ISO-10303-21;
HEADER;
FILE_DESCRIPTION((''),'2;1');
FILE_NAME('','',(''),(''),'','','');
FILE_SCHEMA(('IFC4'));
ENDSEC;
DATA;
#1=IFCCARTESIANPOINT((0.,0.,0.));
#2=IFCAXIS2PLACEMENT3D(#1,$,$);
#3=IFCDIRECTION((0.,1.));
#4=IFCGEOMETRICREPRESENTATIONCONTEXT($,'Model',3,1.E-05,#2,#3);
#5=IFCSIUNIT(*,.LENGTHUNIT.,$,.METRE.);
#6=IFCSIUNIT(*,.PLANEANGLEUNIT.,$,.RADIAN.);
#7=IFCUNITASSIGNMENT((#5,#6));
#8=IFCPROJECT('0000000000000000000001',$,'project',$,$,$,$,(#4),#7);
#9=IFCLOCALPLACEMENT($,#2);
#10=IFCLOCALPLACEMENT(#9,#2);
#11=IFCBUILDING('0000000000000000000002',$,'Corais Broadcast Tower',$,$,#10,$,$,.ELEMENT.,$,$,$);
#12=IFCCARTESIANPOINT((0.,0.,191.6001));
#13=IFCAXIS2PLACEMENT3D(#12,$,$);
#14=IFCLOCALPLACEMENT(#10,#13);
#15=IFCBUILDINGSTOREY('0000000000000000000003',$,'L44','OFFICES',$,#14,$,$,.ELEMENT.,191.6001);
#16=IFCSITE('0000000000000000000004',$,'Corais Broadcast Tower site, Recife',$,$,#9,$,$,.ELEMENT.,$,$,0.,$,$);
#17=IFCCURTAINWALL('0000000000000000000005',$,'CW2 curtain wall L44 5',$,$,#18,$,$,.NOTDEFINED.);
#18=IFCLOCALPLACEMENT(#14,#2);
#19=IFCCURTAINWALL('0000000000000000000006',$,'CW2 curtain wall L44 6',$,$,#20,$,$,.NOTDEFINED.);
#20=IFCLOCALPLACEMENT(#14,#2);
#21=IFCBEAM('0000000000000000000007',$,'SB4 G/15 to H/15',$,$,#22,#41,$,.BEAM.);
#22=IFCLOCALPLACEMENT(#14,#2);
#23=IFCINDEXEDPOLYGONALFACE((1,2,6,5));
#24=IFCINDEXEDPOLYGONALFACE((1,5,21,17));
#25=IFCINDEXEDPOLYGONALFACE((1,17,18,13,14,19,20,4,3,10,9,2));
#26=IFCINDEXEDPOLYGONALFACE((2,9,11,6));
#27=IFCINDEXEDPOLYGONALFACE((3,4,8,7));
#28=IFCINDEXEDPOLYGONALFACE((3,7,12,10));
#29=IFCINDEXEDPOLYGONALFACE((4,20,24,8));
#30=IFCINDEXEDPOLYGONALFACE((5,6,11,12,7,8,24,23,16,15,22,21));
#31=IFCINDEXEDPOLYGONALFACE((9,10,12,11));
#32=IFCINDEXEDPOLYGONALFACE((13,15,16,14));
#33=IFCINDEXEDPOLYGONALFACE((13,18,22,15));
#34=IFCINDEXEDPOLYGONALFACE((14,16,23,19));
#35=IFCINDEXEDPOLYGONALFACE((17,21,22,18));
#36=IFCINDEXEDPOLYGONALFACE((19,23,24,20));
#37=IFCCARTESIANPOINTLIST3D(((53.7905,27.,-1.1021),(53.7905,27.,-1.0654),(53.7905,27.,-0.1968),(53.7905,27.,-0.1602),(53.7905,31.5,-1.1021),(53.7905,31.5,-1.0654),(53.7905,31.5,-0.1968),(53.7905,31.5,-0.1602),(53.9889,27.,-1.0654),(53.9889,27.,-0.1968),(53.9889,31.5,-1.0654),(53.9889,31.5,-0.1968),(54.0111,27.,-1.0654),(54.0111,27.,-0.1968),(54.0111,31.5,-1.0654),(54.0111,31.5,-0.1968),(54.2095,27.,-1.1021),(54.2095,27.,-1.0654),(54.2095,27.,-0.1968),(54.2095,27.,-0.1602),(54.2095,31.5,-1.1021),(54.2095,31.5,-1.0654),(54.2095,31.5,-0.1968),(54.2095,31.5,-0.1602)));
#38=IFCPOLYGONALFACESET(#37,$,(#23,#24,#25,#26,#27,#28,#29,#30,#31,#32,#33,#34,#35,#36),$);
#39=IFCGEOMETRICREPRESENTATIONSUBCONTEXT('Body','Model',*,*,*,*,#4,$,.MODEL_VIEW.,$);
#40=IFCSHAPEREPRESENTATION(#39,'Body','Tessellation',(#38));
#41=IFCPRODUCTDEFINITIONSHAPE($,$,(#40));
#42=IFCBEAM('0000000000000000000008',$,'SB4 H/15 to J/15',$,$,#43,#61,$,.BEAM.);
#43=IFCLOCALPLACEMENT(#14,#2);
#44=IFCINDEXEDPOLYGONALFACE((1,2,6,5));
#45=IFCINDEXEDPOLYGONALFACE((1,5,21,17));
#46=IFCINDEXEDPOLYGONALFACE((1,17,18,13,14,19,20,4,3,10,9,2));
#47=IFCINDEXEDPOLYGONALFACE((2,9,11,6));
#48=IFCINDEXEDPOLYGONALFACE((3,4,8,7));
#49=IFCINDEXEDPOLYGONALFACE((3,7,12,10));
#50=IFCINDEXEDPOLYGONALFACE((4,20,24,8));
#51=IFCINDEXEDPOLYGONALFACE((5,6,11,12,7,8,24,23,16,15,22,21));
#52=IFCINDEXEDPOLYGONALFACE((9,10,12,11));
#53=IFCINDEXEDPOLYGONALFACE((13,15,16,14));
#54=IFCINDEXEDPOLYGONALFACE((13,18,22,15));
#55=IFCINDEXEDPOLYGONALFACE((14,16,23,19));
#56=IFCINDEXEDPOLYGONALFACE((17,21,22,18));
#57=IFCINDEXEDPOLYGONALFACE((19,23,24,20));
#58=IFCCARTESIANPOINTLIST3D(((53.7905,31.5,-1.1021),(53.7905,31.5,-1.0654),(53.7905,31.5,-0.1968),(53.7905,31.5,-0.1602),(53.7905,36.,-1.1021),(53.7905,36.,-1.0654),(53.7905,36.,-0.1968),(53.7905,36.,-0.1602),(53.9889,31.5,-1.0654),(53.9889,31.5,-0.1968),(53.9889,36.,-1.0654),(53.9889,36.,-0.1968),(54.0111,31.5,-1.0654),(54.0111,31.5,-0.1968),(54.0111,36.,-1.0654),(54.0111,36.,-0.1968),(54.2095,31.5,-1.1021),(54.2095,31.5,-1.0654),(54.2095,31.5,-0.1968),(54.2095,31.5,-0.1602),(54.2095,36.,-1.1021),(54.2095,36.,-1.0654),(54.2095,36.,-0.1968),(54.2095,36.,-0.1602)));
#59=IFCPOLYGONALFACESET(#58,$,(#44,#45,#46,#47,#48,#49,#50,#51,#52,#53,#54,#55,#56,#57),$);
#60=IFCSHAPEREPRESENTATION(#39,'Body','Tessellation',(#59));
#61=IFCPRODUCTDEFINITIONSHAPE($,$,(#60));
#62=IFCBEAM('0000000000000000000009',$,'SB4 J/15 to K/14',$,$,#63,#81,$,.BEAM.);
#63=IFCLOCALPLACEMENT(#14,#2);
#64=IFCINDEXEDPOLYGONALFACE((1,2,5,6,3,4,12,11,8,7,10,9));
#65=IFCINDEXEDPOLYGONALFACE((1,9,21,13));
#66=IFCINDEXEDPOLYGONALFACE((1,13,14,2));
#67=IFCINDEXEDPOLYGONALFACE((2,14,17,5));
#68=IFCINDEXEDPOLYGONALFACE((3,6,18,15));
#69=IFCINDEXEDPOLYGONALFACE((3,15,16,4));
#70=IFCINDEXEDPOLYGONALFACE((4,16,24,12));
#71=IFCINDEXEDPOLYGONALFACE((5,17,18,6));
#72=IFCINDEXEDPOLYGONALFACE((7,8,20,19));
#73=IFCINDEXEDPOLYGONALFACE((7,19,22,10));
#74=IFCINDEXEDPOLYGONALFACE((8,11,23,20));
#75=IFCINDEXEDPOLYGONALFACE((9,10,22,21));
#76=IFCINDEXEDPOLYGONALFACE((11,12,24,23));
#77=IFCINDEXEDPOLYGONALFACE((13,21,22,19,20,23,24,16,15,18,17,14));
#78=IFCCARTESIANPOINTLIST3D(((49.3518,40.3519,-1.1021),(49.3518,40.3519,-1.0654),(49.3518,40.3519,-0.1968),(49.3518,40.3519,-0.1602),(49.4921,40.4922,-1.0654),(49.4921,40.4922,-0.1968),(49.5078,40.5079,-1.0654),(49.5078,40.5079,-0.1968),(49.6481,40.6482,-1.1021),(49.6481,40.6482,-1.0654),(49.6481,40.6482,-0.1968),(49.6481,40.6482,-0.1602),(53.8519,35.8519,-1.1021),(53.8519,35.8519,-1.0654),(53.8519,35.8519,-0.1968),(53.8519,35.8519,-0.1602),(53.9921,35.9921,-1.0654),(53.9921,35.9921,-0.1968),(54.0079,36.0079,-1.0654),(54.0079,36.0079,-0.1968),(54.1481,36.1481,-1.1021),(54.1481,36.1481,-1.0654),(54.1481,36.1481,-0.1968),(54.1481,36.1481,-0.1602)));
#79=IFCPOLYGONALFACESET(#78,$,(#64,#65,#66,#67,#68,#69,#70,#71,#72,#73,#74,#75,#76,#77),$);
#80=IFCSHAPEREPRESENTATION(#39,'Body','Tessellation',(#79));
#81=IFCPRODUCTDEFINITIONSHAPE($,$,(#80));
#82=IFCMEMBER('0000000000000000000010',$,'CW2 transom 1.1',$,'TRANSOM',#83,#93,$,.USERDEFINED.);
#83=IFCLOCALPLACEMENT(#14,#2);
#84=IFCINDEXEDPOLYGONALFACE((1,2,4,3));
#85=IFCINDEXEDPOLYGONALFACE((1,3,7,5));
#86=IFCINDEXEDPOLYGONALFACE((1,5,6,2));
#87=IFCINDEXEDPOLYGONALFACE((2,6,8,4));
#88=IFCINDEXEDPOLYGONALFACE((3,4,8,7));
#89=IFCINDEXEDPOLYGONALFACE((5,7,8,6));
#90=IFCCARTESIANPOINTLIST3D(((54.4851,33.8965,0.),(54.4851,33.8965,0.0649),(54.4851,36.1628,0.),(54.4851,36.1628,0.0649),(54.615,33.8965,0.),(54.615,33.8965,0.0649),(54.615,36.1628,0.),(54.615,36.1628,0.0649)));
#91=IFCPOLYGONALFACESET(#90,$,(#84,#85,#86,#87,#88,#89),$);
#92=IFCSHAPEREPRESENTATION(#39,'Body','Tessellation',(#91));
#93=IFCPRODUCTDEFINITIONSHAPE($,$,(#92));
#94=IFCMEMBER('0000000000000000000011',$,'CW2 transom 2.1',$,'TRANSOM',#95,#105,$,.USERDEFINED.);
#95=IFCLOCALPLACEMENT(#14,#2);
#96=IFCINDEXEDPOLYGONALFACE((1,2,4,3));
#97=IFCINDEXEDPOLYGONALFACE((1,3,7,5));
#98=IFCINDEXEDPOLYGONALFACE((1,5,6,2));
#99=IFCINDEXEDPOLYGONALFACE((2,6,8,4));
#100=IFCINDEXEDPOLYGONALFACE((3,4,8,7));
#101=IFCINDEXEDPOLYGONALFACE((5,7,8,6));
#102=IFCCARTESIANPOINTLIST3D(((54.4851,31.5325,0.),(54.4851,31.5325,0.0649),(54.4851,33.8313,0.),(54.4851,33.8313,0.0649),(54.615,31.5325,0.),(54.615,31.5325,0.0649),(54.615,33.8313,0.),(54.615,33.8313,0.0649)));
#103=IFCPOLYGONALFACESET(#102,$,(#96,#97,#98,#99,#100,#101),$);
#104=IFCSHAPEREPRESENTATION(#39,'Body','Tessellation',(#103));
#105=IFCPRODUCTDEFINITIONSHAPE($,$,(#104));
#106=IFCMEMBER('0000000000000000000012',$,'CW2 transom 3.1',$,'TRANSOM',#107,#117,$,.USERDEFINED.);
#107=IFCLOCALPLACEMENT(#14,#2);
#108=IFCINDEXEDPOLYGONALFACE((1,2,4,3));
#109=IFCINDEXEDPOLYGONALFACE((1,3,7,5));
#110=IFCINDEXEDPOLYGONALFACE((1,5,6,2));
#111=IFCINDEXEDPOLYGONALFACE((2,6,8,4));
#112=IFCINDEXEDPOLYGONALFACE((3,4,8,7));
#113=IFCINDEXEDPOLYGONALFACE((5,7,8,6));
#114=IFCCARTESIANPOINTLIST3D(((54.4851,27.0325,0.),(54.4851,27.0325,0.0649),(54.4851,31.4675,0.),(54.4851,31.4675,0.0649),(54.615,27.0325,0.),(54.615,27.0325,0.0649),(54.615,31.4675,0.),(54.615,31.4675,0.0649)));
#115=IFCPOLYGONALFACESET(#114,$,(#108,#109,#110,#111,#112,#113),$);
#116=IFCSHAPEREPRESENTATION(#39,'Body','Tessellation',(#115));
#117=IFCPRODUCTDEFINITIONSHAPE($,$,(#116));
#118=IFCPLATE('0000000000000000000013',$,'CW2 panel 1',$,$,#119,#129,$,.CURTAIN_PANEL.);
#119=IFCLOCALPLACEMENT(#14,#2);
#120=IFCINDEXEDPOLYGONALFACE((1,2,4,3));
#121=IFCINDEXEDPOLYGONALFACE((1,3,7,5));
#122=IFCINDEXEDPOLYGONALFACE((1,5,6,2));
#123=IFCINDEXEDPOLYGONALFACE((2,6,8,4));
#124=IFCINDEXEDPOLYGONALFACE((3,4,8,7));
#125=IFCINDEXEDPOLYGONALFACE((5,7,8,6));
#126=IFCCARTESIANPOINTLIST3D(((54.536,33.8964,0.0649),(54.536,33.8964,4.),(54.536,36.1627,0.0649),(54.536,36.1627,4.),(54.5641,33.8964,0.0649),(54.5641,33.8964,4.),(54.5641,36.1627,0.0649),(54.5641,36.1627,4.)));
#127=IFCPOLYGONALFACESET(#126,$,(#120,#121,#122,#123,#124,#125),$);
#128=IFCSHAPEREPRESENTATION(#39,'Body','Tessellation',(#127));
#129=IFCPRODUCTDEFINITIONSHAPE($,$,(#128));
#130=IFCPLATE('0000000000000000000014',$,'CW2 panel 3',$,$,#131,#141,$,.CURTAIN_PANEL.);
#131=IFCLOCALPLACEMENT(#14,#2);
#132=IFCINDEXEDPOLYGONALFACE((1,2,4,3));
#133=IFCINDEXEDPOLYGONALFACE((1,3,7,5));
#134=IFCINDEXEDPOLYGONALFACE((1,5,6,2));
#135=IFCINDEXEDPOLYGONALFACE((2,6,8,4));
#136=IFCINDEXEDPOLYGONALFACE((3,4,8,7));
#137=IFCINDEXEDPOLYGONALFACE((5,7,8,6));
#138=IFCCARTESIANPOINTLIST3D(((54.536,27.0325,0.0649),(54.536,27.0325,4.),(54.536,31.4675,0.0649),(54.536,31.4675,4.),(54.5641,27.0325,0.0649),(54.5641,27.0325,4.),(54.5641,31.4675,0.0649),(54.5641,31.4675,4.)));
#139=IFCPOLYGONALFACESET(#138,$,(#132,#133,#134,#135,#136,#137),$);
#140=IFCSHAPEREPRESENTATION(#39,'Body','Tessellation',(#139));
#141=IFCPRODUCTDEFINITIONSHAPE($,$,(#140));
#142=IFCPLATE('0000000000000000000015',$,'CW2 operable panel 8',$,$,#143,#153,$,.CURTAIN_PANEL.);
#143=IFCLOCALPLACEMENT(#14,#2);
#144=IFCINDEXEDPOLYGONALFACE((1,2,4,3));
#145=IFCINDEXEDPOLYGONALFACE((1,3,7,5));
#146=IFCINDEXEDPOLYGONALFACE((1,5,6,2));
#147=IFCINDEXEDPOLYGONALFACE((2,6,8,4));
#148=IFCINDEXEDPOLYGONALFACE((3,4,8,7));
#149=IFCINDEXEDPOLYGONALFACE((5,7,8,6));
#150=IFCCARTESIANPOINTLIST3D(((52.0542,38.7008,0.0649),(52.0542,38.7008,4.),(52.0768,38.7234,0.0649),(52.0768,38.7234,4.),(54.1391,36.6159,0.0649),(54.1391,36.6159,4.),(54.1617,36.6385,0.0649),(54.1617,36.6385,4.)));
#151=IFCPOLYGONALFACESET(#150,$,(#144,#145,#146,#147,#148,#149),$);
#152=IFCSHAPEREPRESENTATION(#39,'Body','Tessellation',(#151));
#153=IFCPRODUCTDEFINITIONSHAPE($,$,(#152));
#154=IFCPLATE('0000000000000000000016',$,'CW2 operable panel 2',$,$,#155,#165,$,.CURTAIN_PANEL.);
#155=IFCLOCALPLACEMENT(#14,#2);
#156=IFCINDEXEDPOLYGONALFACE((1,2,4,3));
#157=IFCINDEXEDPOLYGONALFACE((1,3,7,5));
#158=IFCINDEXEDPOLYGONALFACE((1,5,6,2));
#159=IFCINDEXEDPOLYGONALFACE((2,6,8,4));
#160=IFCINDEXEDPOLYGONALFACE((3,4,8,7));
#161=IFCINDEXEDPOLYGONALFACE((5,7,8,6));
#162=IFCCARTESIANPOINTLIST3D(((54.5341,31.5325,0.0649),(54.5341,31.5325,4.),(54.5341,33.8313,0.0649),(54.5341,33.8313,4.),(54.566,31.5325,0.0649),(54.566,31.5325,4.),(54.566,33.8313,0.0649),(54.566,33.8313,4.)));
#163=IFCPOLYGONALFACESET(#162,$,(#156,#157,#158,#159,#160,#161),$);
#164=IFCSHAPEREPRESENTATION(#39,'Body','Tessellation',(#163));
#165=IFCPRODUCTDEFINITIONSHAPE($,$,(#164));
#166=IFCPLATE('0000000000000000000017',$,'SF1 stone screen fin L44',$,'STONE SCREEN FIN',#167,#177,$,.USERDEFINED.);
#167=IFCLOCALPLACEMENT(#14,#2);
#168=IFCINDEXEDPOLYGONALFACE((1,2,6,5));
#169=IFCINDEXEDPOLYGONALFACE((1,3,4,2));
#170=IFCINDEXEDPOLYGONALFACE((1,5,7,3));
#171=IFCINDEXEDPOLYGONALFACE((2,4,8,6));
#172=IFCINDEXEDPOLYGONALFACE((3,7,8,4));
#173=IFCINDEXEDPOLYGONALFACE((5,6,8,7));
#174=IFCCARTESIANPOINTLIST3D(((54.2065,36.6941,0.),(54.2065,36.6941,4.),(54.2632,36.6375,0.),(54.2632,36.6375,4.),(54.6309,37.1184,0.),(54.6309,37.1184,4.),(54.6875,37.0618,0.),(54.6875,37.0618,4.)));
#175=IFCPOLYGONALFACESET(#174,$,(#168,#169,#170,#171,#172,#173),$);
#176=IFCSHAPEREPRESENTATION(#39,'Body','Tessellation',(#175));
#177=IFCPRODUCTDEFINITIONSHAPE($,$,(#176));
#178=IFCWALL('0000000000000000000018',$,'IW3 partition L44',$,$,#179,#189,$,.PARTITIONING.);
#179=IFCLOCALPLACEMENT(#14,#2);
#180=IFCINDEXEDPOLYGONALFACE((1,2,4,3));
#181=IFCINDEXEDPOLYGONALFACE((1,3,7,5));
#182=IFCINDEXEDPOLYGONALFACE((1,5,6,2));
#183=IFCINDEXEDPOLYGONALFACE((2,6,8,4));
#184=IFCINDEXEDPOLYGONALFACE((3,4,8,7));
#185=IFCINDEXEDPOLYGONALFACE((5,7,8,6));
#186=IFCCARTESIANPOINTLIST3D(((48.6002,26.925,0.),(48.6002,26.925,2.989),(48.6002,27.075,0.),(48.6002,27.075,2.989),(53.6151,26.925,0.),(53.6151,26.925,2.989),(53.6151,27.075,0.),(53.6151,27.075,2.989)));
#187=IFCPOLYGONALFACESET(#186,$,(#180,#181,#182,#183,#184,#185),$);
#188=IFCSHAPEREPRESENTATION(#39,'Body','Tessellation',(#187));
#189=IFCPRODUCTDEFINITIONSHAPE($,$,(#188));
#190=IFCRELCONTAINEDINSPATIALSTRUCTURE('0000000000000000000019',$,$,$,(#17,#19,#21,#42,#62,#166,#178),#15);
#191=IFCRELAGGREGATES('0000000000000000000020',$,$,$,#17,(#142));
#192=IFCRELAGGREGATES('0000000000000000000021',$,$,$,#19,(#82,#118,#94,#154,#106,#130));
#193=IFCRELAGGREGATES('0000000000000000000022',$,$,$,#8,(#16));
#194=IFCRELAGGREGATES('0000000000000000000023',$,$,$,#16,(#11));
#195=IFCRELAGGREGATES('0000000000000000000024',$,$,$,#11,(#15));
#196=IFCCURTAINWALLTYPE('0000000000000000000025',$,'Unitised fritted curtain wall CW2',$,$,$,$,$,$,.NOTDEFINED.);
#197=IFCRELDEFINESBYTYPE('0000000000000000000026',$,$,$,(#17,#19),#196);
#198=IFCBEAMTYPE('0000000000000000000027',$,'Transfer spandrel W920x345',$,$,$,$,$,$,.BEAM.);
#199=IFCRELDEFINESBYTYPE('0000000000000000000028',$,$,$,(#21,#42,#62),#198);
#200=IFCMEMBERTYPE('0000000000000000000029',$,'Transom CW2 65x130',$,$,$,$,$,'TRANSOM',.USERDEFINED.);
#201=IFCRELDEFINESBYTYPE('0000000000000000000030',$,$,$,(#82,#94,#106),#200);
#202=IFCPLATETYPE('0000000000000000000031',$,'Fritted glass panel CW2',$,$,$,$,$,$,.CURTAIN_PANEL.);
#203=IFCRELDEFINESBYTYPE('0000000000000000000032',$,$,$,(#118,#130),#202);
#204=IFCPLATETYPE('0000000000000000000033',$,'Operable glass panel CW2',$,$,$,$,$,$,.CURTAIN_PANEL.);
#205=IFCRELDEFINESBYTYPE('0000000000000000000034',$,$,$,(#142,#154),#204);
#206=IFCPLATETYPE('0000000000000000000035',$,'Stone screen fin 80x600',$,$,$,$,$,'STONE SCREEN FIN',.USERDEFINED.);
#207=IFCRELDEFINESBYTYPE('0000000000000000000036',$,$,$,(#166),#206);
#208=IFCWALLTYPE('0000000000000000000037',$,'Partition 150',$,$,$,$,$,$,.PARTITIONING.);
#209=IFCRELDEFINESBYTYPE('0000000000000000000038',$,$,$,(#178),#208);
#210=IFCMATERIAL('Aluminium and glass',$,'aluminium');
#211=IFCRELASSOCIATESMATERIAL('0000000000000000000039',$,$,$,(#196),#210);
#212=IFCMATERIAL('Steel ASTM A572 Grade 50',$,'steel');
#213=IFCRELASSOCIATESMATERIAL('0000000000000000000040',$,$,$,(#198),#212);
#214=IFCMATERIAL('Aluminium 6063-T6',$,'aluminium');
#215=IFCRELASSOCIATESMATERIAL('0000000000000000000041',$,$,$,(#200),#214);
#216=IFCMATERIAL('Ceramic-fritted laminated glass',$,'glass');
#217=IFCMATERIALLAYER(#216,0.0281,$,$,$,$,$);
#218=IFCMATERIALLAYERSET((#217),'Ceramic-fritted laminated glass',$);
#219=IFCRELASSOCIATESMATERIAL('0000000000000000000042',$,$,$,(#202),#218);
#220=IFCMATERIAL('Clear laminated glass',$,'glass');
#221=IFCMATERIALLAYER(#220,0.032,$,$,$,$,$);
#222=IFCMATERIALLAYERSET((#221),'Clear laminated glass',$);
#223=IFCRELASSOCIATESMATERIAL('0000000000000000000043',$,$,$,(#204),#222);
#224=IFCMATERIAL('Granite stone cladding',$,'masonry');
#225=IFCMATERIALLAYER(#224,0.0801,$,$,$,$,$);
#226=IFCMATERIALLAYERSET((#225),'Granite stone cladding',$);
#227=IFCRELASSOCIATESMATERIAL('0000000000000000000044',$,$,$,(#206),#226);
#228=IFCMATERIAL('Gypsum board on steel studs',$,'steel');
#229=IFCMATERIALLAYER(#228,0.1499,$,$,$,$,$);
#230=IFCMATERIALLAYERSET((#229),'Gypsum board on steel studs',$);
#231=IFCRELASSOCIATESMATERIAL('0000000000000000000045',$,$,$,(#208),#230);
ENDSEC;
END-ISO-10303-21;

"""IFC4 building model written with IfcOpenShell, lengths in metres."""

from ifc_helpers import new_model, si_unit, direction, frame, frame_2d, origin, origin_2d, place, context, subcontext, project, spatial, rectangle, i_section, extrude, material, layer, layer_set, material_profile, profile_set, type_object, element, aggregate, save


model = new_model("IFC4")

# Units and contexts
model_context = context("Model", 3, precision=1e-05, world=origin(), true_north=direction((0.0, 1.0)))
body_context = subcontext(model_context, "Body", "Model", "MODEL_VIEW")
ifc_project = project(units=[si_unit("LENGTHUNIT", "METRE"), si_unit("PLANEANGLEUNIT", "RADIAN")], contexts=[model_context])

# Site, building, storey
site_placement = place(None, origin())
site = spatial("IfcSite", under=ifc_project, at=site_placement, Name="Corais Broadcast Tower site, Recife", CompositionType="ELEMENT", RefElevation=0.0)
building_placement = place(site_placement, origin())
building = spatial("IfcBuilding", under=site, at=building_placement, Name="Corais Broadcast Tower", CompositionType="ELEMENT")
storey_placement = place(building_placement, frame((0.0, 0.0, 191.6001)))
storey = spatial("IfcBuildingStorey", under=building, at=storey_placement, Name="L44", Description="OFFICES", CompositionType="ELEMENT", Elevation=191.6001)

# Curtain wall
ifc_material_1 = material(Name="Aluminium and glass", Category="aluminium")
curtain_wall_type = type_object("IfcCurtainWallType", Name="Unitised fritted curtain wall CW2", PredefinedType="NOTDEFINED", material=ifc_material_1)
curtain_wall_1_placement = place(storey_placement, origin())
curtain_wall_1 = element("IfcCurtainWall", 1, at=curtain_wall_1_placement, inside=storey, type_object=curtain_wall_type, Name="CW2 curtain wall L44 5", PredefinedType="NOTDEFINED")

# Curtain wall
curtain_wall_2_placement = place(storey_placement, origin())
curtain_wall_2 = element("IfcCurtainWall", 2, at=curtain_wall_2_placement, inside=storey, type_object=curtain_wall_type, Name="CW2 curtain wall L44 6", PredefinedType="NOTDEFINED")

# Beams
ifc_material_2 = material(Name="Steel ASTM A572 Grade 50", Category="steel")
ifc_material_profile_1 = material_profile(ifc_material_2, i_section(OverallWidth=0.4189, OverallDepth=0.9419, WebThickness=0.0222, FlangeThickness=0.0366, at=origin_2d()), Name="W920x345")
ifc_profile_set_1 = profile_set([ifc_material_profile_1], Name="Steel ASTM A572 Grade 50")
beam_type_1 = type_object("IfcBeamType", Name="Transfer spandrel W920x345", PredefinedType="BEAM", material=ifc_profile_set_1)
for number, where, z_axis, x_axis, name in (
    (3, (54.0, 27.0, -0.6311), (0.0, 1.0, 0.0), (-1.0, 0.0, 0.0), "SB4 G/15 to H/15"),
    (4, (54.0, 31.5, -0.6311), (0.0, 1.0, 0.0), (-1.0, 0.0, 0.0), "SB4 H/15 to J/15"),
):
    element("IfcBeam", number, at=place(storey_placement, frame(where, z_axis=z_axis, x_axis=x_axis)), inside=storey, type_object=beam_type_1, Name=name, PredefinedType="BEAM", context=body_context, shape_type="SweptSolid", body=[
        extrude(i_section(OverallWidth=0.4189, OverallDepth=0.9419, WebThickness=0.0222, FlangeThickness=0.0366, at=origin_2d()), origin(), (0.0, 0.0, 1.0), 4.5),
    ])
beam_placement = place(storey_placement, frame((54.0, 36.0, -0.6311), z_axis=(-0.707107, 0.707107, 0.0), x_axis=(-0.707107, -0.707107, 0.0)))
element("IfcBeam", 5, at=beam_placement, inside=storey, type_object=beam_type_1, Name="SB4 J/15 to K/14", PredefinedType="BEAM", context=body_context, shape_type="SweptSolid", body=[
    extrude(i_section(OverallWidth=0.4189, OverallDepth=0.9419, WebThickness=0.0222, FlangeThickness=0.0366, at=origin_2d()), origin(), (0.0, 0.0, 1.0), 6.364),
])

# Members
ifc_material_3 = material(Name="Aluminium 6063-T6", Category="aluminium")
ifc_material_profile_2 = material_profile(ifc_material_3, rectangle(XDim=0.1299, YDim=0.0649, at=origin_2d()), Name="Transom CW2 65x130")
ifc_profile_set_2 = profile_set([ifc_material_profile_2], Name="Aluminium 6063-T6")
member_type_1 = type_object("IfcMemberType", Name="Transom CW2 65x130", ElementType="TRANSOM", PredefinedType="USERDEFINED", material=ifc_profile_set_2)
member_1_placement = place(storey_placement, frame((54.55, 36.1628, 0.0325), z_axis=(0.0, -1.0, 0.0), x_axis=(1.0, 0.0, 0.0)))
member_1 = element("IfcMember", 6, at=member_1_placement, type_object=member_type_1, Name="CW2 transom 1.1", ObjectType="TRANSOM", PredefinedType="USERDEFINED", context=body_context, shape_type="SweptSolid", body=[
    extrude(rectangle(XDim=0.1299, YDim=0.0649, at=origin_2d()), origin(), (0.0, 0.0, 1.0), 2.2664),
])
member_2_placement = place(storey_placement, frame((54.55, 33.8313, 0.0325), z_axis=(0.0, -1.0, 0.0), x_axis=(1.0, 0.0, 0.0)))
member_2 = element("IfcMember", 7, at=member_2_placement, type_object=member_type_1, Name="CW2 transom 2.1", ObjectType="TRANSOM", PredefinedType="USERDEFINED", context=body_context, shape_type="SweptSolid", body=[
    extrude(rectangle(XDim=0.1299, YDim=0.0649, at=origin_2d()), origin(), (0.0, 0.0, 1.0), 2.2988),
])
member_3_placement = place(storey_placement, frame((54.55, 31.4675, 0.0325), z_axis=(0.0, -1.0, 0.0), x_axis=(1.0, 0.0, 0.0)))
member_3 = element("IfcMember", 8, at=member_3_placement, type_object=member_type_1, Name="CW2 transom 3.1", ObjectType="TRANSOM", PredefinedType="USERDEFINED", context=body_context, shape_type="SweptSolid", body=[
    extrude(rectangle(XDim=0.1299, YDim=0.0649, at=origin_2d()), origin(), (0.0, 0.0, 1.0), 4.4351),
])

# Plates
ifc_material_4 = material(Name="Ceramic-fritted laminated glass", Category="glass")
ifc_layer_1 = layer(ifc_material_4, 0.0281)
ifc_layer_set_1 = layer_set([ifc_layer_1], Name="Ceramic-fritted laminated glass")
plate_type_1 = type_object("IfcPlateType", Name="Fritted glass panel CW2", PredefinedType="CURTAIN_PANEL", material=ifc_layer_set_1)
plate_1_placement = place(storey_placement, frame((54.55, 35.0295, 0.0649), z_axis=(0.0, 0.0, 1.0), x_axis=(0.0, -1.0, 0.0)))
plate_1 = element("IfcPlate", 9, at=plate_1_placement, type_object=plate_type_1, Name="CW2 panel 1", PredefinedType="CURTAIN_PANEL", context=body_context, shape_type="SweptSolid", body=[
    extrude(rectangle(XDim=2.2664, YDim=0.0281, at=origin_2d()), origin(), (0.0, 0.0, 1.0), 3.9351),
])
plate_2_placement = place(storey_placement, frame((54.55, 29.25, 0.0649), z_axis=(0.0, 0.0, 1.0), x_axis=(0.0, -1.0, 0.0)))
plate_2 = element("IfcPlate", 10, at=plate_2_placement, type_object=plate_type_1, Name="CW2 panel 3", PredefinedType="CURTAIN_PANEL", context=body_context, shape_type="SweptSolid", body=[
    extrude(rectangle(XDim=4.4351, YDim=0.0281, at=origin_2d()), origin(), (0.0, 0.0, 1.0), 3.9351),
])
ifc_material_5 = material(Name="Clear laminated glass", Category="glass")
ifc_layer_2 = layer(ifc_material_5, 0.032)
ifc_layer_set_2 = layer_set([ifc_layer_2], Name="Clear laminated glass")
plate_type_2 = type_object("IfcPlateType", Name="Operable glass panel CW2", PredefinedType="CURTAIN_PANEL", material=ifc_layer_set_2)
plate_3_placement = place(storey_placement, frame((53.1079, 37.6697, 0.0649), z_axis=(0.0, 0.0, 1.0), x_axis=(0.707107, -0.707107, 0.0)))
plate_3 = element("IfcPlate", 11, at=plate_3_placement, type_object=plate_type_2, Name="CW2 operable panel 8", PredefinedType="CURTAIN_PANEL", context=body_context, shape_type="SweptSolid", body=[
    extrude(rectangle(XDim=2.9485, YDim=0.032, at=origin_2d()), origin(), (0.0, 0.0, 1.0), 3.9351),
])
aggregate(curtain_wall_1, [plate_3])
plate_4_placement = place(storey_placement, frame((54.55, 32.6819, 0.0649), z_axis=(0.0, 0.0, 1.0), x_axis=(0.0, -1.0, 0.0)))
plate_4 = element("IfcPlate", 12, at=plate_4_placement, type_object=plate_type_2, Name="CW2 operable panel 2", PredefinedType="CURTAIN_PANEL", context=body_context, shape_type="SweptSolid", body=[
    extrude(rectangle(XDim=2.2988, YDim=0.032, at=origin_2d()), origin(), (0.0, 0.0, 1.0), 3.9351),
])
aggregate(curtain_wall_2, [member_1, plate_1, member_2, plate_4, member_3, plate_2])
ifc_material_6 = material(Name="Granite stone cladding", Category="masonry")
ifc_layer_3 = layer(ifc_material_6, 0.0801)
ifc_layer_set_3 = layer_set([ifc_layer_3], Name="Granite stone cladding")
plate_type_3 = type_object("IfcPlateType", Name="Stone screen fin 80x600", ElementType="STONE SCREEN FIN", PredefinedType="USERDEFINED", material=ifc_layer_set_3)
plate_5_placement = place(storey_placement, frame((54.447, 36.8779, 0.0), z_axis=(0.0, 0.0, 1.0), x_axis=(0.707107, -0.707107, 0.0)))
element("IfcPlate", 13, at=plate_5_placement, inside=storey, type_object=plate_type_3, Name="SF1 stone screen fin L44", ObjectType="STONE SCREEN FIN", PredefinedType="USERDEFINED", context=body_context, shape_type="SweptSolid", body=[
    extrude(rectangle(XDim=0.0801, YDim=0.6001, at=origin_2d()), origin(), (0.0, 0.0, 1.0), 4.0),
])

# Wall
ifc_material_7 = material(Name="Gypsum board on steel studs", Category="steel")
ifc_layer_4 = layer(ifc_material_7, 0.1499)
ifc_layer_set_4 = layer_set([ifc_layer_4], Name="Gypsum board on steel studs")
wall_type = type_object("IfcWallType", Name="Partition 150", PredefinedType="PARTITIONING", material=ifc_layer_set_4)
wall_1_placement = place(storey_placement, frame((53.615, 27.0, 0.0), z_axis=(0.0, 0.0, 1.0), x_axis=(-1.0, 0.0, 0.0)))
element("IfcWall", 14, at=wall_1_placement, inside=storey, type_object=wall_type, Name="IW3 partition L44", PredefinedType="PARTITIONING", context=body_context, shape_type="SweptSolid", body=[
    extrude(rectangle(XDim=5.0149, YDim=0.1499, at=frame_2d((2.5073, 0.0))), origin(), (0.0, 0.0, 1.0), 2.989),
])

save(model, "model.ifc")
